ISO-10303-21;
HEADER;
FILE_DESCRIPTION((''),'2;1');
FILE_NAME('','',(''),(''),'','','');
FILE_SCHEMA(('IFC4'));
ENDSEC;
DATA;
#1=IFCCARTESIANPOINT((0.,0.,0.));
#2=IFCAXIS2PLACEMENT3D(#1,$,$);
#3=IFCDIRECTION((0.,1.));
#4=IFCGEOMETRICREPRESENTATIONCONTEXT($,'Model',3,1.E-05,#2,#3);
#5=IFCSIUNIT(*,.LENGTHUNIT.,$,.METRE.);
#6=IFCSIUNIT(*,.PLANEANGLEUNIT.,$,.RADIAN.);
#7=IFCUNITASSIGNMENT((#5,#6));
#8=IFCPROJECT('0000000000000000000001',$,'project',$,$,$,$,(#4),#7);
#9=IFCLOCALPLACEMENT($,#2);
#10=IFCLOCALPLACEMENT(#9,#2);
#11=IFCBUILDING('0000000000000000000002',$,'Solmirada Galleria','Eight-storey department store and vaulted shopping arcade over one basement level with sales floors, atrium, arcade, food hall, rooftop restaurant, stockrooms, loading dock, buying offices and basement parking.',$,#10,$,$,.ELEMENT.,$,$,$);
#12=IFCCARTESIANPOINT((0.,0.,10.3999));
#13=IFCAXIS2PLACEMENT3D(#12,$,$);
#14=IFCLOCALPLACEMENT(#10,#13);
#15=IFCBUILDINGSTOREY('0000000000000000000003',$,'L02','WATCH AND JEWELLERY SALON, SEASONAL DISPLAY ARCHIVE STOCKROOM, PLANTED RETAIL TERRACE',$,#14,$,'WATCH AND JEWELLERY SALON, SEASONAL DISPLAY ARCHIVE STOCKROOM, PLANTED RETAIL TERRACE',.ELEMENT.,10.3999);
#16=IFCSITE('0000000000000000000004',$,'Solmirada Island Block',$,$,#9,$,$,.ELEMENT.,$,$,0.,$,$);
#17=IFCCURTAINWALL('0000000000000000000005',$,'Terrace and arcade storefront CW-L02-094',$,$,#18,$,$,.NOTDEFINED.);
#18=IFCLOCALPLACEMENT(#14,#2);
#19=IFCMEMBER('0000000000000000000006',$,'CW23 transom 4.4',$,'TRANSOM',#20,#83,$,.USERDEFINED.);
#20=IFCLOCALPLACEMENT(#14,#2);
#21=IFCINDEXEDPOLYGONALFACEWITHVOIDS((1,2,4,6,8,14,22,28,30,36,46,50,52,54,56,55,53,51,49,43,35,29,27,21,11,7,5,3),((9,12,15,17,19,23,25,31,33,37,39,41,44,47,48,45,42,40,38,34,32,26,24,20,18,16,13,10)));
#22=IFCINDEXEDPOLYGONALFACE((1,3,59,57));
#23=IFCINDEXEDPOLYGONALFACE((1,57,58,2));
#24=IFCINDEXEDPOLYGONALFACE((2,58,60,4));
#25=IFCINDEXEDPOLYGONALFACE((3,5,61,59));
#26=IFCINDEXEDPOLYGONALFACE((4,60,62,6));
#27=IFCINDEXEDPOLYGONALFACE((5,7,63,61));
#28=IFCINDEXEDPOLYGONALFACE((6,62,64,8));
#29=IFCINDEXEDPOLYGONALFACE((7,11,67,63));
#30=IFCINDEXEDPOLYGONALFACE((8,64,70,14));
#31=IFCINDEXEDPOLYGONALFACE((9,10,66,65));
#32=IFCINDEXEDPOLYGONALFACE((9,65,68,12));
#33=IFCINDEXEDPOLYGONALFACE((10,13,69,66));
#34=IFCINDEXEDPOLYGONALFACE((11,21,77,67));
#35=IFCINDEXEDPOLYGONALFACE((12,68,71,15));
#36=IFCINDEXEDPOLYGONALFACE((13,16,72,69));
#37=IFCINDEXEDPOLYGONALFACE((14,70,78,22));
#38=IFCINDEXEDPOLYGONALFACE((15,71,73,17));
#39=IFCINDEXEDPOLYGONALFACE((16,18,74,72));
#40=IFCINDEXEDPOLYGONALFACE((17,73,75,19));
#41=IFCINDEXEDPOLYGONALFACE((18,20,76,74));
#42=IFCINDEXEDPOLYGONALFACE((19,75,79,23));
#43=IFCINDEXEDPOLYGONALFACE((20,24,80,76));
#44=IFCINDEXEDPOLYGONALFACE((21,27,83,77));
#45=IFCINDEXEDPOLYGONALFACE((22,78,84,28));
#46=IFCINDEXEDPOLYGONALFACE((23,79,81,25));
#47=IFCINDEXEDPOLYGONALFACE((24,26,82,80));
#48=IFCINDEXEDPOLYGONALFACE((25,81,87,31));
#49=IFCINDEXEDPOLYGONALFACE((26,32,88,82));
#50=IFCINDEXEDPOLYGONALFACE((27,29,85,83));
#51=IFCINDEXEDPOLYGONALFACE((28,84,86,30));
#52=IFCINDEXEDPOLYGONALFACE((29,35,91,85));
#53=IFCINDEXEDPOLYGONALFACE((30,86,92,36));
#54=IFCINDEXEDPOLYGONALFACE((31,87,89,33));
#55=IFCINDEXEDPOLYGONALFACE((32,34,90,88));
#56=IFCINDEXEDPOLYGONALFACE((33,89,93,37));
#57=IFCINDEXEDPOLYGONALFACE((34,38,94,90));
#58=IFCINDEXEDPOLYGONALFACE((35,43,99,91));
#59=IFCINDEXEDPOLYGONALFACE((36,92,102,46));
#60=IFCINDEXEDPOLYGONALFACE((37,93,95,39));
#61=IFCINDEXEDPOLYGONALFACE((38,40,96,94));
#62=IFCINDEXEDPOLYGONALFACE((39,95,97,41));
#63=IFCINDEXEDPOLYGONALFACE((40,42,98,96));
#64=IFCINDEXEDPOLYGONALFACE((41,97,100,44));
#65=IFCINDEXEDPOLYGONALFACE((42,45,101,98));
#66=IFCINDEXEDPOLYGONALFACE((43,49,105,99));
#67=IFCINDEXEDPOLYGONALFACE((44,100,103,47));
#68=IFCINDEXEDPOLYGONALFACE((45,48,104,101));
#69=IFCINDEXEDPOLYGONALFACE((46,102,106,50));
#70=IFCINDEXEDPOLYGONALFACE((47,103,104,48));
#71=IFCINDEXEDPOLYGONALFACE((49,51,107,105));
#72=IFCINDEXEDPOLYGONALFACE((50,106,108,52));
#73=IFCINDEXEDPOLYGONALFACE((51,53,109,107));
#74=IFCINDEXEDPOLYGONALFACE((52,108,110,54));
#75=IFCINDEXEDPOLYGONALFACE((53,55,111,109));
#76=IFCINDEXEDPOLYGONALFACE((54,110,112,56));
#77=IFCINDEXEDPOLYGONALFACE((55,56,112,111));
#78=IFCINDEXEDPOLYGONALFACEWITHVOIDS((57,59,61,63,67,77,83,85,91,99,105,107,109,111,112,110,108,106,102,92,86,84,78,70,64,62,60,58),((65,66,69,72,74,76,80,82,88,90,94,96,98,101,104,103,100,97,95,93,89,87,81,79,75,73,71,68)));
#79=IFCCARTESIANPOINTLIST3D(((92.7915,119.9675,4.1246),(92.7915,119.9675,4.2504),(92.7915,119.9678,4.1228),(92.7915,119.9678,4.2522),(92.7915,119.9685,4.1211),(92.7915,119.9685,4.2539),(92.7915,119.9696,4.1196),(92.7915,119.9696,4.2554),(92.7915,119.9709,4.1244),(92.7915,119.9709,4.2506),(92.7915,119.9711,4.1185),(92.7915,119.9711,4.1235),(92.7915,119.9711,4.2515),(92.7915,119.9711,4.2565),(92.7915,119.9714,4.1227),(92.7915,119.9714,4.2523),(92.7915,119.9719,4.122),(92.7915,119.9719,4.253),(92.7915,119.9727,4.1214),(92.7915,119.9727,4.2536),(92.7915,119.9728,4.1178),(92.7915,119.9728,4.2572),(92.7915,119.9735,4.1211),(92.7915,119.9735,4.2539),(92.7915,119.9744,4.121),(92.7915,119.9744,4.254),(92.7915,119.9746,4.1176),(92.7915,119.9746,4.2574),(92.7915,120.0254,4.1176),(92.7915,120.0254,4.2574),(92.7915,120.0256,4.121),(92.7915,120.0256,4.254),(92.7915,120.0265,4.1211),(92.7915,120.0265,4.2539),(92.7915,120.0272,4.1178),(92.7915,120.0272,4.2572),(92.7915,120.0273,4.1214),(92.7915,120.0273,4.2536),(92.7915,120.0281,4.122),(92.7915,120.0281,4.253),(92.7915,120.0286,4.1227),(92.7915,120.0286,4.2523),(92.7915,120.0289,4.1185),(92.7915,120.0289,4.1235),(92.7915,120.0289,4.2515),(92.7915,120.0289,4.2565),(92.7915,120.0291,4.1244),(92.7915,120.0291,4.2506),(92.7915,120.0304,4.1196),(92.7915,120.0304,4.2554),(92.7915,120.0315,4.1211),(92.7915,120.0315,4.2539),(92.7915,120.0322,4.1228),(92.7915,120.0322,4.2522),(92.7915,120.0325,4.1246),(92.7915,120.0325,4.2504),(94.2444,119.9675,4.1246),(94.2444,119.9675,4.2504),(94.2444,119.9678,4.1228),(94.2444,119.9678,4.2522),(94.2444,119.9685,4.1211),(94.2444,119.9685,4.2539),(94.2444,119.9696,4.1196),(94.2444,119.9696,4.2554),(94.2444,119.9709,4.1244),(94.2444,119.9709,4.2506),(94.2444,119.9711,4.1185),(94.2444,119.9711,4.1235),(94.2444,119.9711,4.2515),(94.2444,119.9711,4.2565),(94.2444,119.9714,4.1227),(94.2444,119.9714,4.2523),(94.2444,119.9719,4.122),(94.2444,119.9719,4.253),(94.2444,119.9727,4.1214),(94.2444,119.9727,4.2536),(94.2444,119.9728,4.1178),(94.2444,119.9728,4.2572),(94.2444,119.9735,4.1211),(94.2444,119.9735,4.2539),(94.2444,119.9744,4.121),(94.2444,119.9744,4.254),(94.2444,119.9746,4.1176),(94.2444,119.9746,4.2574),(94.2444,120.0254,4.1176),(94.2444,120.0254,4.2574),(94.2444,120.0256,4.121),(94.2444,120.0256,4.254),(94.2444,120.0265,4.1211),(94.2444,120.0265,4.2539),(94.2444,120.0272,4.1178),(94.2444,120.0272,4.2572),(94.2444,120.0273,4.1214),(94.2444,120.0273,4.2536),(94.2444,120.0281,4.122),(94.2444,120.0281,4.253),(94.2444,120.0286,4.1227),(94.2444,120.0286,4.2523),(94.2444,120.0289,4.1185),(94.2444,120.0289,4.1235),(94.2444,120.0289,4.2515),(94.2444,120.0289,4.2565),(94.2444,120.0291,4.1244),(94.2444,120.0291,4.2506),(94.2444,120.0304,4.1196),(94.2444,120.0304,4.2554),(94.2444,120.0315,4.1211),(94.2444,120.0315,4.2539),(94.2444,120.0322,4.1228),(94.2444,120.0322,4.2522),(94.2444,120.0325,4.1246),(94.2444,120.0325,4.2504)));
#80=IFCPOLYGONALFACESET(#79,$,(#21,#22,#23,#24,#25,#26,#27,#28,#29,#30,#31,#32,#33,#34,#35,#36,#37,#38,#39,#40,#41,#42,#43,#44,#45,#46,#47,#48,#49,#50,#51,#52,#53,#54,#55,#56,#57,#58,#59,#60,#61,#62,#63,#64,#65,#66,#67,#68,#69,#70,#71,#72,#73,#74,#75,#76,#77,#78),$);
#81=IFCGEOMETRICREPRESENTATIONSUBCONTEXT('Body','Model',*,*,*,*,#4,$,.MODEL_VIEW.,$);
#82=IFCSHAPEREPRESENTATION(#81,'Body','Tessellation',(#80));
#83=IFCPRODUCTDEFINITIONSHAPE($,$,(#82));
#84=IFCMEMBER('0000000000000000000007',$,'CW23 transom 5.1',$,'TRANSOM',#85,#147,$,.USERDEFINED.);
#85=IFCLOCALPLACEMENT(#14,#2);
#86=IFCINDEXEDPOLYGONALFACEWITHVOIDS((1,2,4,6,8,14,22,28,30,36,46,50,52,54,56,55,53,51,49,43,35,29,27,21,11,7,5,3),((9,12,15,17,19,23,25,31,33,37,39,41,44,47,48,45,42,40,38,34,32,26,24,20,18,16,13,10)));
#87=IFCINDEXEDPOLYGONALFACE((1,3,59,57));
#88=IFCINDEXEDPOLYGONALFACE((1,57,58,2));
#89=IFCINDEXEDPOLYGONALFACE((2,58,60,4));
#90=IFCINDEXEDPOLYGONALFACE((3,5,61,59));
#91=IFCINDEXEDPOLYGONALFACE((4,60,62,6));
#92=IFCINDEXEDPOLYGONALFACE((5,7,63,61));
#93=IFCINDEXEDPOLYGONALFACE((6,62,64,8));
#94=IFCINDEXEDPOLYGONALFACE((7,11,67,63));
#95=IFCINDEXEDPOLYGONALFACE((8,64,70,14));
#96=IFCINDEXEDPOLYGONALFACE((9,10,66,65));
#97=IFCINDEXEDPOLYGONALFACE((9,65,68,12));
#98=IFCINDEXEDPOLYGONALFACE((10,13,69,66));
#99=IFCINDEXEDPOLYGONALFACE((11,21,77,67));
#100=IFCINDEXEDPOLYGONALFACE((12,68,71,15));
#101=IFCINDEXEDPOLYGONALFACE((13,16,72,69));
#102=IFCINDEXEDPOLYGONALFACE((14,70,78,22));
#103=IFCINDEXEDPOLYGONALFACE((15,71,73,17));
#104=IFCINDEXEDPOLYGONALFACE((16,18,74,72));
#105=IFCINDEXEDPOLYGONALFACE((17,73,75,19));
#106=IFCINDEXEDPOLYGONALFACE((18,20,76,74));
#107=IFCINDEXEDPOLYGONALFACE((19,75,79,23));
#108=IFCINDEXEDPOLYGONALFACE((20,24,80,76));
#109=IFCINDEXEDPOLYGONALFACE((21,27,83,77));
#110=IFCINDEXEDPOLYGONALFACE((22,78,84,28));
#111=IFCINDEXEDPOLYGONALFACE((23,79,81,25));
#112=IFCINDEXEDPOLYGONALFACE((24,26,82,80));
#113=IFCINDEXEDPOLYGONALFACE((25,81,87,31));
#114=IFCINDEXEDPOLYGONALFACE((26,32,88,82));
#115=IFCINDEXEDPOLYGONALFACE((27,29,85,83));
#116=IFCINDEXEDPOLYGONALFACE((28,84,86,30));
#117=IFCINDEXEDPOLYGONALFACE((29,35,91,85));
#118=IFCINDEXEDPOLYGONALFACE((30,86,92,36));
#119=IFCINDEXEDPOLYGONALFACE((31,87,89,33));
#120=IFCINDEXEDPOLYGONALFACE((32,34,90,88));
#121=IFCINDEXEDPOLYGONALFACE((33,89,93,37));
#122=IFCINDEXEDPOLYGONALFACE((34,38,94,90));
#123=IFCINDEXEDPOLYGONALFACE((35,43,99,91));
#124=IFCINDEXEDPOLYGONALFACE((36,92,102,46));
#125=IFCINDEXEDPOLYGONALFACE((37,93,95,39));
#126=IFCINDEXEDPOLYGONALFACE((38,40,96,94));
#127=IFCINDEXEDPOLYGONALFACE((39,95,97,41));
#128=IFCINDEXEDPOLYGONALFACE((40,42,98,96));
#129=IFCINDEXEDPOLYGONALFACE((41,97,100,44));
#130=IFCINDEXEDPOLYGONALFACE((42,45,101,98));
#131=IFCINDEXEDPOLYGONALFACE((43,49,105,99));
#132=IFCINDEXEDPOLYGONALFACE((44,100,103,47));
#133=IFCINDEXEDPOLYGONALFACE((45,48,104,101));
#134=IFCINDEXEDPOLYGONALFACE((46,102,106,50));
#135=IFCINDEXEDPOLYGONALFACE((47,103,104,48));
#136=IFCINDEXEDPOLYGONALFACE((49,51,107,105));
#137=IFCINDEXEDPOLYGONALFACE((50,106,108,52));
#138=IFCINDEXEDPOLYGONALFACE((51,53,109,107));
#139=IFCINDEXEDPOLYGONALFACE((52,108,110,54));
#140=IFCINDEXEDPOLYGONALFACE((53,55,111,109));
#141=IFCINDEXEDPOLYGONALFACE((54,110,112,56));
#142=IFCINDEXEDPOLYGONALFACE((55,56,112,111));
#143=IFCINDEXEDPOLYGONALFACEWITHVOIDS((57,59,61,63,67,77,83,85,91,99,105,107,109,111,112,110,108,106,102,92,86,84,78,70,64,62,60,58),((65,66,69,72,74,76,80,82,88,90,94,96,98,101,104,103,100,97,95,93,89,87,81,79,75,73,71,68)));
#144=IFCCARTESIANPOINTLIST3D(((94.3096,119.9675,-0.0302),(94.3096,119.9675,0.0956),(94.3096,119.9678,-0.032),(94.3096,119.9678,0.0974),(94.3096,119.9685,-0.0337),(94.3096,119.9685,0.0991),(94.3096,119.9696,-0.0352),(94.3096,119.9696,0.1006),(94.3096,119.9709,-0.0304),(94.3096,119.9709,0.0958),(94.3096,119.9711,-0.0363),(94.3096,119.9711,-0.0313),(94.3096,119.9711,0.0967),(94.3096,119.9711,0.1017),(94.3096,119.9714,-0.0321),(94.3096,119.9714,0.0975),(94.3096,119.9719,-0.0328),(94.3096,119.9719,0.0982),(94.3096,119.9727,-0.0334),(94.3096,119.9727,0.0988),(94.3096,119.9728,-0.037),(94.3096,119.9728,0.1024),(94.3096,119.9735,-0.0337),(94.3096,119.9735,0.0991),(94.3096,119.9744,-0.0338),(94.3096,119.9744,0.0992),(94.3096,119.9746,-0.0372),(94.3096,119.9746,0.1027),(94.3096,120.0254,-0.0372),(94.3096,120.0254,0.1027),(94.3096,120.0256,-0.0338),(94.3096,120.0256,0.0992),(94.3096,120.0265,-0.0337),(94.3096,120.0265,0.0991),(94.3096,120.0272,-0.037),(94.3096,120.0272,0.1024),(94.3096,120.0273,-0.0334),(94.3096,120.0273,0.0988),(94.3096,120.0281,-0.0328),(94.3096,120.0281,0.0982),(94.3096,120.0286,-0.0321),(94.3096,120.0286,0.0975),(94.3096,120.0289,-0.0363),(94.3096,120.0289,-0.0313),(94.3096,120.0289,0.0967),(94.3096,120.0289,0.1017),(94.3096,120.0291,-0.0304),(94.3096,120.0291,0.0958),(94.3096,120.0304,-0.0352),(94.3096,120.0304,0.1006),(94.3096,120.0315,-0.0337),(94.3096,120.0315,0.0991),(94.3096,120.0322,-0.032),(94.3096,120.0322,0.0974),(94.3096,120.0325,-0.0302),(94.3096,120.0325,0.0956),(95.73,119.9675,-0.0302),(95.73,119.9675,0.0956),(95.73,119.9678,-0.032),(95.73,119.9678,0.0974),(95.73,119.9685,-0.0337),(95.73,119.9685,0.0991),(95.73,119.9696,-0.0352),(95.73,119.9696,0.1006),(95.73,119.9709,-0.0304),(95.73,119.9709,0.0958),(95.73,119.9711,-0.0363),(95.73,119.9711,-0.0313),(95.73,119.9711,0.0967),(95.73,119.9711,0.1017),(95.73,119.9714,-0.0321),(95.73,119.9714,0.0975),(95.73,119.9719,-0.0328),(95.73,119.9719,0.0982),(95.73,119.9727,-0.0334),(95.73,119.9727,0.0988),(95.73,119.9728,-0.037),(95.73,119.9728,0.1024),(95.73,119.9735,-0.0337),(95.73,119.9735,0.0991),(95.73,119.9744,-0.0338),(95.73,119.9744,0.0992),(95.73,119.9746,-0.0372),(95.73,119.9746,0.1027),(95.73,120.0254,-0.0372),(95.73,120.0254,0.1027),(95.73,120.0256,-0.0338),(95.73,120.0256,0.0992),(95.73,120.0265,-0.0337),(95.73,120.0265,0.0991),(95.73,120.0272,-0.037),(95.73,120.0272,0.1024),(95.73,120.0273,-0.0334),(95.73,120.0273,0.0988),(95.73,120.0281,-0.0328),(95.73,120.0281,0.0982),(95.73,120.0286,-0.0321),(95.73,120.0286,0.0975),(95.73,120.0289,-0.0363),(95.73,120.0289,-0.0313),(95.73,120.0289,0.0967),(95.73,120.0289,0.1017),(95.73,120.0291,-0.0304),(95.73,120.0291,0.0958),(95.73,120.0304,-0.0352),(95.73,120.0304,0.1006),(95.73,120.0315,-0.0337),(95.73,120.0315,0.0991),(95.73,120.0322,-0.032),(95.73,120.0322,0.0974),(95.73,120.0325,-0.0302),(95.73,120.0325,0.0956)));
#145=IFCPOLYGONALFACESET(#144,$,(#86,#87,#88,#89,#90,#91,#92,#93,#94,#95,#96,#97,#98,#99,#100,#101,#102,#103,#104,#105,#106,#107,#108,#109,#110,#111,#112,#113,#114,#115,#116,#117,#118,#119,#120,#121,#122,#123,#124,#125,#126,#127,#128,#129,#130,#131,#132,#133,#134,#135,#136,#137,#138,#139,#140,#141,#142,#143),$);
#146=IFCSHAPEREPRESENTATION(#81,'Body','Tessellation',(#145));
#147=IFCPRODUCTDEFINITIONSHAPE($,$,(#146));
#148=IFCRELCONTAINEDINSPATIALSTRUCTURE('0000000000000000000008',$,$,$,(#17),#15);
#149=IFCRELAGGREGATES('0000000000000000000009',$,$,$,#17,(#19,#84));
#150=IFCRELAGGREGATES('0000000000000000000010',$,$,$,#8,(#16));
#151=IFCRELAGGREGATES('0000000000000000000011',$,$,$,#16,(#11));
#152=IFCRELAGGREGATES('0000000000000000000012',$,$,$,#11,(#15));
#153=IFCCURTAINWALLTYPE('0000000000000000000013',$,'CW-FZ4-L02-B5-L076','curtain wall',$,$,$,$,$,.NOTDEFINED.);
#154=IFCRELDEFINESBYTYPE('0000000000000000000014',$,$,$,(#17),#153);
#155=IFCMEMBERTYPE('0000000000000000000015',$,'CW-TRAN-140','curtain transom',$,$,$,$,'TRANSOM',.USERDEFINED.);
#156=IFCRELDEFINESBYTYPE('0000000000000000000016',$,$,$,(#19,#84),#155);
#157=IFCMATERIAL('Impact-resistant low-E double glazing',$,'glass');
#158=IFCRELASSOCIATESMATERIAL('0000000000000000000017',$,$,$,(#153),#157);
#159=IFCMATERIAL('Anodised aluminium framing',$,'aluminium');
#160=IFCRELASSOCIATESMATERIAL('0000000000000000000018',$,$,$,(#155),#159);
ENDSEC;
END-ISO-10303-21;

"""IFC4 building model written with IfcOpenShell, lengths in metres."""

from ifc_helpers import new_model, si_unit, direction, frame, origin, origin_2d, place, context, subcontext, project, spatial, hollow_rectangle, extrude, material, material_profile, profile_set, type_object, element, aggregate, save


model = new_model("IFC4")

# Units and contexts
model_context = context("Model", 3, precision=1e-05, world=origin(), true_north=direction((0.0, 1.0)))
body_context = subcontext(model_context, "Body", "Model", "MODEL_VIEW")
ifc_project = project(units=[si_unit("LENGTHUNIT", "METRE"), si_unit("PLANEANGLEUNIT", "RADIAN")], contexts=[model_context])

# Site, building, storey
site_placement = place(None, origin())
site = spatial("IfcSite", under=ifc_project, at=site_placement, Name="Solmirada Island Block", CompositionType="ELEMENT", RefElevation=0.0)
building_placement = place(site_placement, origin())
building = spatial("IfcBuilding", under=site, at=building_placement, Name="Solmirada Galleria", Description="Eight-storey department store and vaulted shopping arcade over one basement level with sales floors, atrium, arcade, food hall, rooftop restaurant, stockrooms, loading dock, buying offices and basement parking.", CompositionType="ELEMENT")
storey_placement = place(building_placement, frame((0.0, 0.0, 10.3999)))
storey = spatial("IfcBuildingStorey", under=building, at=storey_placement, Name="L02", Description="WATCH AND JEWELLERY SALON, SEASONAL DISPLAY ARCHIVE STOCKROOM, PLANTED RETAIL TERRACE", LongName="WATCH AND JEWELLERY SALON, SEASONAL DISPLAY ARCHIVE STOCKROOM, PLANTED RETAIL TERRACE", CompositionType="ELEMENT", Elevation=10.3999)

# Curtain wall
ifc_material_1 = material(Name="Impact-resistant low-E double glazing", Category="glass")
curtain_wall_type = type_object("IfcCurtainWallType", Name="CW-FZ4-L02-B5-L076", Description="curtain wall", PredefinedType="NOTDEFINED", material=ifc_material_1)
curtain_wall_1_placement = place(storey_placement, origin())
curtain_wall_1 = element("IfcCurtainWall", 1, at=curtain_wall_1_placement, inside=storey, type_object=curtain_wall_type, Name="Terrace and arcade storefront CW-L02-094", PredefinedType="NOTDEFINED")
ifc_material_2 = material(Name="Anodised aluminium framing", Category="aluminium")

# Members
ifc_material_profile_1 = material_profile(ifc_material_2, hollow_rectangle(XDim=0.0649, YDim=0.1399, WallThickness=0.0034, InnerFilletRadius=0.0034, OuterFilletRadius=0.0071, at=origin_2d()), Name="ALU-TRAN-140X65")
ifc_profile_set_1 = profile_set([ifc_material_profile_1], Name="Anodised aluminium framing")
member_type_1 = type_object("IfcMemberType", Name="CW-TRAN-140", Description="curtain transom", ElementType="TRANSOM", PredefinedType="USERDEFINED", material=ifc_profile_set_1)
member_1_placement = place(storey_placement, frame((92.7915, 120.0, 4.1875), z_axis=(1.0, 0.0, 0.0), x_axis=(0.0, 1.0, 0.0)))
member_1 = element("IfcMember", 2, at=member_1_placement, type_object=member_type_1, Name="CW23 transom 4.4", ObjectType="TRANSOM", PredefinedType="USERDEFINED", context=body_context, shape_type="SweptSolid", body=[
    extrude(hollow_rectangle(XDim=0.0649, YDim=0.1399, WallThickness=0.0034, InnerFilletRadius=0.0034, OuterFilletRadius=0.0071, at=origin_2d()), origin(), (0.0, 0.0, 1.0), 1.4529),
])
member_2_placement = place(storey_placement, frame((94.3096, 120.0, 0.0327), z_axis=(1.0, 0.0, 0.0), x_axis=(0.0, 1.0, 0.0)))
member_2 = element("IfcMember", 3, at=member_2_placement, type_object=member_type_1, Name="CW23 transom 5.1", ObjectType="TRANSOM", PredefinedType="USERDEFINED", context=body_context, shape_type="SweptSolid", body=[
    extrude(hollow_rectangle(XDim=0.0649, YDim=0.1399, WallThickness=0.0034, InnerFilletRadius=0.0034, OuterFilletRadius=0.0071, at=origin_2d()), origin(), (0.0, 0.0, 1.0), 1.4204),
])

aggregate(curtain_wall_1, [member_1, member_2])

save(model, "model.ifc")
